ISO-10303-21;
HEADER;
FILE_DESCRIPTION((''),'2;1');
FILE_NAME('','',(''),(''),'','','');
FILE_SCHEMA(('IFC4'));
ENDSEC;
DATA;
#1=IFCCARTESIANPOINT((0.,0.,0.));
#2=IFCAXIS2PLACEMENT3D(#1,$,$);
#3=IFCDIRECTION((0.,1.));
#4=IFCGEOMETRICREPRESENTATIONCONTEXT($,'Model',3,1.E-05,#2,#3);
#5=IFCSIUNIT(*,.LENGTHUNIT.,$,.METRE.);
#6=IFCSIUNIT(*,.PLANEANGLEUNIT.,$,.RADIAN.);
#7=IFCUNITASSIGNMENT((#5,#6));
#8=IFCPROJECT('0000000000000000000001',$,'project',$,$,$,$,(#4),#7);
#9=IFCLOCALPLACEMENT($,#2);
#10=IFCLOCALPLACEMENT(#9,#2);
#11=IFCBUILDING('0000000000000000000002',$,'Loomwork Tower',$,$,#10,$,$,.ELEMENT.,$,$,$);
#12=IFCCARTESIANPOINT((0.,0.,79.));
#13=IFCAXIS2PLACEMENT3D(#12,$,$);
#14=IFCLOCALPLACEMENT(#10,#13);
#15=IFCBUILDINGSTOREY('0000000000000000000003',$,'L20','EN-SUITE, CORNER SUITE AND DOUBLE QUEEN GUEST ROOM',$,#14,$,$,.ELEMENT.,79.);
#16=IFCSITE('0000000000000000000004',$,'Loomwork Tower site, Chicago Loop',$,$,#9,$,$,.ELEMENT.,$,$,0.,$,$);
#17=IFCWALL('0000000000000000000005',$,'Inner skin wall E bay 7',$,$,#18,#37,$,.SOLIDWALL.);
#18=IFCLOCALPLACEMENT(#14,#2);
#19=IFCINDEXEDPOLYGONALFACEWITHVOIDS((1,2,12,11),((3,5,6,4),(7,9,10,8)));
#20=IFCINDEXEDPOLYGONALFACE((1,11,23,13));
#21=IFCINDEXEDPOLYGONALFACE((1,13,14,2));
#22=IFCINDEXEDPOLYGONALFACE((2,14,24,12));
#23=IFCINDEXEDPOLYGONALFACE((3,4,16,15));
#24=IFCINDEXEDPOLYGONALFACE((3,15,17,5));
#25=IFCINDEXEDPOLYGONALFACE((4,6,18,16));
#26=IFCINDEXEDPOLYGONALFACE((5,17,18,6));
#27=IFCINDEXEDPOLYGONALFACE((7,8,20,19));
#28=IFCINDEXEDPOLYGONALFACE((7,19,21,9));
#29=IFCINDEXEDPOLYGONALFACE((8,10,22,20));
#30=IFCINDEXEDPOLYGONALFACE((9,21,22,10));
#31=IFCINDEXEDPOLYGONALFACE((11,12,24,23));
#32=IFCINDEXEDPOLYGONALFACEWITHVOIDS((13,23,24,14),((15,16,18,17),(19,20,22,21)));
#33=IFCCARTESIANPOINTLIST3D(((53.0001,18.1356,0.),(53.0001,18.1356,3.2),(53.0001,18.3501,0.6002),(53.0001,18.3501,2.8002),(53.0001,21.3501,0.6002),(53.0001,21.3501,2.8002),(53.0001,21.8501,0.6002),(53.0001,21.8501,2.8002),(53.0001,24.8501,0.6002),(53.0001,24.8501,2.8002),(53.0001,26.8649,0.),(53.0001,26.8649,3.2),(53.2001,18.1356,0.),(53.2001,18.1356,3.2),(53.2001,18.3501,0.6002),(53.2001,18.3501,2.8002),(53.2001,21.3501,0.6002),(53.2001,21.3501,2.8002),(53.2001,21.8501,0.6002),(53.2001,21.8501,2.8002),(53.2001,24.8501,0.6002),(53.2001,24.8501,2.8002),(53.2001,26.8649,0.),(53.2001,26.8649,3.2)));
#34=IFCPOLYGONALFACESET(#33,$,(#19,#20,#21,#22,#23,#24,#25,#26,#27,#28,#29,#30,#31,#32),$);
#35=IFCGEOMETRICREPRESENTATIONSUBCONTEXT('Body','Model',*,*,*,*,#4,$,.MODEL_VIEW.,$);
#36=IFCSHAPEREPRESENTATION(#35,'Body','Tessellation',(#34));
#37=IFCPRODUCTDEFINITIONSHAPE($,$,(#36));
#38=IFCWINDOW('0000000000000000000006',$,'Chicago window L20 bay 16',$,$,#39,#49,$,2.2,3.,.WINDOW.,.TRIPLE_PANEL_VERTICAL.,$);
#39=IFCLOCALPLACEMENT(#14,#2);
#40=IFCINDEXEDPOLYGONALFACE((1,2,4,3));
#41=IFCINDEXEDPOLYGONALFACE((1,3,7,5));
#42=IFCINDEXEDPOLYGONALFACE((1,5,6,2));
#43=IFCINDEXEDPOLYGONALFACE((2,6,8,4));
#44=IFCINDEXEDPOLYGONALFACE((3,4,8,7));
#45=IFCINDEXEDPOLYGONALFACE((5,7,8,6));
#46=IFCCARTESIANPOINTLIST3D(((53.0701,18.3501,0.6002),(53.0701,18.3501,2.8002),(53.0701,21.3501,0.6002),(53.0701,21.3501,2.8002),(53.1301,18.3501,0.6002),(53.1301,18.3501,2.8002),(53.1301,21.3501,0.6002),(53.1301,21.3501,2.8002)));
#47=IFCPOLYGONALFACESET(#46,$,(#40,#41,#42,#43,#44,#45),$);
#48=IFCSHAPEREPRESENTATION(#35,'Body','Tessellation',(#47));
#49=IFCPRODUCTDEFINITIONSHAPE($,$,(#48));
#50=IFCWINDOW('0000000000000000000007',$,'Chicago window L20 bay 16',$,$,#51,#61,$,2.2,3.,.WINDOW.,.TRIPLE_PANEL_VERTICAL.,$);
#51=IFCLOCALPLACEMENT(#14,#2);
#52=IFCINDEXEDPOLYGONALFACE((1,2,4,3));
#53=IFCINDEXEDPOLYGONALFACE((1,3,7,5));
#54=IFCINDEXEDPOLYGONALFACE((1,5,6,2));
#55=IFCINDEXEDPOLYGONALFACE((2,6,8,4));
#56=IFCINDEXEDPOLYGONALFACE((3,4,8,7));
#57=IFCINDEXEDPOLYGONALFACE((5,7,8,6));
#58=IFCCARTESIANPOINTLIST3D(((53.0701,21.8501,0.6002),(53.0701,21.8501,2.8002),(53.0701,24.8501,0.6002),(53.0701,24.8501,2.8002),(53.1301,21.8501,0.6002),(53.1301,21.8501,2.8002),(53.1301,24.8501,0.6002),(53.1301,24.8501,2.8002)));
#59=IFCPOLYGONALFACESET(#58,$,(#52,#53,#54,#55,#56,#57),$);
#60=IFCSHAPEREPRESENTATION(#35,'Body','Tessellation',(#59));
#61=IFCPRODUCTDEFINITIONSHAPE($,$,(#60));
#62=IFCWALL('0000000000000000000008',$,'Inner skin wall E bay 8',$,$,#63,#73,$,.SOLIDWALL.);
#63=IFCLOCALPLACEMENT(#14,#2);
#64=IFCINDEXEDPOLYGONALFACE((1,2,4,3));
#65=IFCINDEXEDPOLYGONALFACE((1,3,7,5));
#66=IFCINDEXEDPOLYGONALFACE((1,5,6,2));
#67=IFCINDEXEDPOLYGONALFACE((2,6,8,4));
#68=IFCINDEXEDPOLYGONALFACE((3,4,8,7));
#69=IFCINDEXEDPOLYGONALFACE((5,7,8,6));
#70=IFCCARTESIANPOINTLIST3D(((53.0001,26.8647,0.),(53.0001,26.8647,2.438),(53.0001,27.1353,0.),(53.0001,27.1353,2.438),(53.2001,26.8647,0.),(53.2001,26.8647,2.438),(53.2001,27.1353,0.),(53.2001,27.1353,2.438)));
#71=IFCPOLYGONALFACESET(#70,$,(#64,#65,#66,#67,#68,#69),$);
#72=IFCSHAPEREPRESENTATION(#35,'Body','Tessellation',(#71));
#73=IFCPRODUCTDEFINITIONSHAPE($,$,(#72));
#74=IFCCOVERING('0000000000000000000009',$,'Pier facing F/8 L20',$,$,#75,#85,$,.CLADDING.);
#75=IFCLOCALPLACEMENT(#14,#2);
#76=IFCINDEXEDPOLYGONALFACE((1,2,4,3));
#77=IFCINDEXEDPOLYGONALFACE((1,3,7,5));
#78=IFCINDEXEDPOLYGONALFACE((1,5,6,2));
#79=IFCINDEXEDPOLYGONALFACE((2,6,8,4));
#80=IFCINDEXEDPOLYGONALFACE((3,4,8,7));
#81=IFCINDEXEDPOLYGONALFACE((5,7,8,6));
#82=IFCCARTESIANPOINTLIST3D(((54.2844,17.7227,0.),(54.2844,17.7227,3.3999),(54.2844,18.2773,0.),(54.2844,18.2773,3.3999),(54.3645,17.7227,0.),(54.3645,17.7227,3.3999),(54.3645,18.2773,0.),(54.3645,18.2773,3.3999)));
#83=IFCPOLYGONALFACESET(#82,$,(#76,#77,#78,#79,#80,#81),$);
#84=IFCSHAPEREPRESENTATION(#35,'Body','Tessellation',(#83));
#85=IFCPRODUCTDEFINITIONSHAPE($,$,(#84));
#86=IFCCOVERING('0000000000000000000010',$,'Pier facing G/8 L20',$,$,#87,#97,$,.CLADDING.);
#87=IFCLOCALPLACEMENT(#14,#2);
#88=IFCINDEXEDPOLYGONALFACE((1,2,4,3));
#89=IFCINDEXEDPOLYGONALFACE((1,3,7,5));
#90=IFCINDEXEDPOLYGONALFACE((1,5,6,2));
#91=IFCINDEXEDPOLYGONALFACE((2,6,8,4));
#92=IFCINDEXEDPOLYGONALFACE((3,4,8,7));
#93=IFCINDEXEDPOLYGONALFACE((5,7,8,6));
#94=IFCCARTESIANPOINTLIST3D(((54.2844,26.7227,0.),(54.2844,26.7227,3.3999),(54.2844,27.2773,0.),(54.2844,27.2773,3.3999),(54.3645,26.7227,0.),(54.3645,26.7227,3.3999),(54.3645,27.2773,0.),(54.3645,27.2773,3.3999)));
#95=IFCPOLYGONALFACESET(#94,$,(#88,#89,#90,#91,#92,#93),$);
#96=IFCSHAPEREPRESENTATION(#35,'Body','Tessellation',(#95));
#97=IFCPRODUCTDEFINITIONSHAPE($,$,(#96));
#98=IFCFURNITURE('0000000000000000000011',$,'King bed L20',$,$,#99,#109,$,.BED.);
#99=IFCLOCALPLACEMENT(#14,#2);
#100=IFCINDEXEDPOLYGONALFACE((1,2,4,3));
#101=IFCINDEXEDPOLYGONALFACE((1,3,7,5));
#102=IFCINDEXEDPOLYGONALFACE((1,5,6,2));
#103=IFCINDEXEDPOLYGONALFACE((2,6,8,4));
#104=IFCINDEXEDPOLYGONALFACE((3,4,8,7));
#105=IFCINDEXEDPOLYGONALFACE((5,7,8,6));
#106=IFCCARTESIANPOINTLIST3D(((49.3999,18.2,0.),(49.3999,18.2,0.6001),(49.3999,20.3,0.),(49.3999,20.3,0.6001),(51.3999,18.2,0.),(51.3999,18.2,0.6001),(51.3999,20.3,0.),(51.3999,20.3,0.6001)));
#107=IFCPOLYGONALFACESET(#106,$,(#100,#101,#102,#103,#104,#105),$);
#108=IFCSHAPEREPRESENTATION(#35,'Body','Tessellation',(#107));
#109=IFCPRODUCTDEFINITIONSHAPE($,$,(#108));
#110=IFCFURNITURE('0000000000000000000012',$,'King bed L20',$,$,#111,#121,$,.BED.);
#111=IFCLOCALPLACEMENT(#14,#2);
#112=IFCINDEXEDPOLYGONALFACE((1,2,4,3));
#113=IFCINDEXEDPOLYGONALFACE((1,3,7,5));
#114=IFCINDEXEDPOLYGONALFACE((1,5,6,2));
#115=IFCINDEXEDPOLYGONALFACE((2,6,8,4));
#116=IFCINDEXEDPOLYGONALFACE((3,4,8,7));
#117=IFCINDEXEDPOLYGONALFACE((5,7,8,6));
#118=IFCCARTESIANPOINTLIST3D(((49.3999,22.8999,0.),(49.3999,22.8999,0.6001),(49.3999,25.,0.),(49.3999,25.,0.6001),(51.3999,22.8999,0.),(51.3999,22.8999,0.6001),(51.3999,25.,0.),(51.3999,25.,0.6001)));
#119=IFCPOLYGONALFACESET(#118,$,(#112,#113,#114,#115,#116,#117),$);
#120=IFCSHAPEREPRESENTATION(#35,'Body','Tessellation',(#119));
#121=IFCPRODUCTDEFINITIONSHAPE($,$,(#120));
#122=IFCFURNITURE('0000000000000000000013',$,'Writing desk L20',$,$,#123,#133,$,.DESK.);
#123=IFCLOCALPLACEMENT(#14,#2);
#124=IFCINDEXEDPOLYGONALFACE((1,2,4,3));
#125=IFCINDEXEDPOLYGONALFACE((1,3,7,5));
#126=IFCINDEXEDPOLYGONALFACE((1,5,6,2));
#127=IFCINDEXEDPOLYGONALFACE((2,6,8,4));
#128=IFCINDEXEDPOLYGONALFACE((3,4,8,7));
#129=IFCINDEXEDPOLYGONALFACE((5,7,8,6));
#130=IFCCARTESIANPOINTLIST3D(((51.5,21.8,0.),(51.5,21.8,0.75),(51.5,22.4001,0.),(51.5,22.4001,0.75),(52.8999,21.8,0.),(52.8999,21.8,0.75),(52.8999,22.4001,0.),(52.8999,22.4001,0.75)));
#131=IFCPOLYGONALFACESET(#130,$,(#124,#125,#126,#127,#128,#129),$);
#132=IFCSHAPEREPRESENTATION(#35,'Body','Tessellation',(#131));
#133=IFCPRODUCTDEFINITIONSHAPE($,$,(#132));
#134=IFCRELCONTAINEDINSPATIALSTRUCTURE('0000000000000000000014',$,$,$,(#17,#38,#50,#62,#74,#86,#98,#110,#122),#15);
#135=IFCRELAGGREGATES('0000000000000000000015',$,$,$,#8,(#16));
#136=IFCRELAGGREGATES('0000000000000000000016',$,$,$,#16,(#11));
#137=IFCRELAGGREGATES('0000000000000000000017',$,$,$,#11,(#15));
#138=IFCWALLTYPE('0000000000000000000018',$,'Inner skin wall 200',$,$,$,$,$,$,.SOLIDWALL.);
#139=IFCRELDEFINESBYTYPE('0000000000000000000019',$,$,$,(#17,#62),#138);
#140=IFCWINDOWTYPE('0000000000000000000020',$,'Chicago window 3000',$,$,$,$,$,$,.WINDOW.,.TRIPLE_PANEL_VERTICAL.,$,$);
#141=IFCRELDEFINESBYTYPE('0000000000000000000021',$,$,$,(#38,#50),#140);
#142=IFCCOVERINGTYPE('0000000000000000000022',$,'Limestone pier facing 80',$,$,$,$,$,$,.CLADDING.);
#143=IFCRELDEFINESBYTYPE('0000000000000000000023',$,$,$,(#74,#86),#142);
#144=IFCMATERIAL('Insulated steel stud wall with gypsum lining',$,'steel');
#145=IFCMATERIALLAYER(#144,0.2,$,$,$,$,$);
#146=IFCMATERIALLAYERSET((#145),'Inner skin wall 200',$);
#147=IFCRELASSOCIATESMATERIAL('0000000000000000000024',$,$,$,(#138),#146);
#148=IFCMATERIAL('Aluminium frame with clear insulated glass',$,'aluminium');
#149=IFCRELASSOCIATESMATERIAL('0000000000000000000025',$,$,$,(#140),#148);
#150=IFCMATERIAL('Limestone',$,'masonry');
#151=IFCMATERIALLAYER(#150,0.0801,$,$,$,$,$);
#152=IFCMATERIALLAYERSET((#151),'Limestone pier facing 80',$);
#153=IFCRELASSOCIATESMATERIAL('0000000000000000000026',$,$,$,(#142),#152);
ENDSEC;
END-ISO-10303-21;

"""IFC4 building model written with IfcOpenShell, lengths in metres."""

from ifc_helpers import new_model, si_unit, direction, frame, frame_2d, origin, origin_2d, place, context, subcontext, project, spatial, rectangle, extrude, material, layer, layer_set, type_object, element, fill, save


model = new_model("IFC4")

# Units and contexts
model_context = context("Model", 3, precision=1e-05, world=origin(), true_north=direction((0.0, 1.0)))
body_context = subcontext(model_context, "Body", "Model", "MODEL_VIEW")
ifc_project = project(units=[si_unit("LENGTHUNIT", "METRE"), si_unit("PLANEANGLEUNIT", "RADIAN")], contexts=[model_context])

# Site, building, storey
site_placement = place(None, origin())
site = spatial("IfcSite", under=ifc_project, at=site_placement, Name="Loomwork Tower site, Chicago Loop", CompositionType="ELEMENT", RefElevation=0.0)
building_placement = place(site_placement, origin())
building = spatial("IfcBuilding", under=site, at=building_placement, Name="Loomwork Tower", CompositionType="ELEMENT")
storey_placement = place(building_placement, frame((0.0, 0.0, 79.0)))
storey = spatial("IfcBuildingStorey", under=building, at=storey_placement, Name="L20", Description="EN-SUITE, CORNER SUITE AND DOUBLE QUEEN GUEST ROOM", CompositionType="ELEMENT", Elevation=79.0)

# Wall, openings, windows
ifc_material_1 = material(Name="Insulated steel stud wall with gypsum lining", Category="steel")
ifc_layer_1 = layer(ifc_material_1, 0.2)
ifc_layer_set_1 = layer_set([ifc_layer_1], Name="Inner skin wall 200")
wall_type = type_object("IfcWallType", Name="Inner skin wall 200", PredefinedType="SOLIDWALL", material=ifc_layer_set_1)
wall_1_placement = place(storey_placement, frame((53.1001, 18.1355, 0.0), z_axis=(0.0, 0.0, 1.0), x_axis=(0.0, 1.0, 0.0)))
wall_1 = element("IfcWall", 1, at=wall_1_placement, inside=storey, type_object=wall_type, Name="Inner skin wall E bay 7", PredefinedType="SOLIDWALL", context=body_context, shape_type="SweptSolid", body=[
    extrude(rectangle(XDim=8.7292, YDim=0.2, at=frame_2d((4.3647, 0.0))), origin(), (0.0, 0.0, 1.0), 3.2),
])
opening_1_placement = place(wall_1_placement, frame((0.2146, 0.0, 0.6001)))
opening_1 = element("IfcOpeningElement", 2, at=opening_1_placement, cuts=wall_1, PredefinedType="OPENING", context=body_context, shape_type="SweptSolid", body=[
    extrude(rectangle(XDim=3.0, YDim=2.2, at=frame_2d((1.5, 1.1001))), frame((0.0, 0.1099, 0.0), z_axis=(0.0, -1.0, 0.0), x_axis=(1.0, 0.0, 0.0)), (0.0, 0.0, 1.0), 0.22),
])
opening_2_placement = place(wall_1_placement, frame((3.7146, 0.0, 0.6001)))
opening_2 = element("IfcOpeningElement", 3, at=opening_2_placement, cuts=wall_1, PredefinedType="OPENING", context=body_context, shape_type="SweptSolid", body=[
    extrude(rectangle(XDim=3.0, YDim=2.2, at=frame_2d((1.5, 1.1001))), frame((0.0, 0.1099, 0.0), z_axis=(0.0, -1.0, 0.0), x_axis=(1.0, 0.0, 0.0)), (0.0, 0.0, 1.0), 0.22),
])
ifc_material_2 = material(Name="Aluminium frame with clear insulated glass", Category="aluminium")
window_type = type_object("IfcWindowType", Name="Chicago window 3000", PartitioningType="TRIPLE_PANEL_VERTICAL", PredefinedType="WINDOW", material=ifc_material_2)
window_1_placement = place(opening_1_placement, origin())
window_1 = element("IfcWindow", 4, at=window_1_placement, inside=storey, type_object=window_type, Name="Chicago window L20 bay 16", OverallHeight=2.2, OverallWidth=3.0, PartitioningType="TRIPLE_PANEL_VERTICAL", PredefinedType="WINDOW", context=body_context, shape_type="SweptSolid", body=[
    extrude(rectangle(XDim=3.0, YDim=2.2, at=frame_2d((1.5, 1.1001))), frame((0.0, 0.03, 0.0), z_axis=(0.0, -1.0, 0.0), x_axis=(1.0, 0.0, 0.0)), (0.0, 0.0, 1.0), 0.0601),
])
fill(opening_1, window_1)
window_2_placement = place(opening_2_placement, origin())
window_2 = element("IfcWindow", 5, at=window_2_placement, inside=storey, type_object=window_type, Name="Chicago window L20 bay 16", OverallHeight=2.2, OverallWidth=3.0, PartitioningType="TRIPLE_PANEL_VERTICAL", PredefinedType="WINDOW", context=body_context, shape_type="SweptSolid", body=[
    extrude(rectangle(XDim=3.0, YDim=2.2, at=frame_2d((1.5, 1.1001))), frame((0.0, 0.03, 0.0), z_axis=(0.0, -1.0, 0.0), x_axis=(1.0, 0.0, 0.0)), (0.0, 0.0, 1.0), 0.0601),
])
fill(opening_2, window_2)

# Wall
wall_2_placement = place(storey_placement, frame((53.1001, 26.8647, 0.0), z_axis=(0.0, 0.0, 1.0), x_axis=(0.0, 1.0, 0.0)))
element("IfcWall", 6, at=wall_2_placement, inside=storey, type_object=wall_type, Name="Inner skin wall E bay 8", PredefinedType="SOLIDWALL", context=body_context, shape_type="SweptSolid", body=[
    extrude(rectangle(XDim=0.2705, YDim=0.2, at=frame_2d((0.1353, 0.0))), origin(), (0.0, 0.0, 1.0), 2.438),
])

# Coverings
ifc_material_3 = material(Name="Limestone", Category="masonry")
ifc_layer_2 = layer(ifc_material_3, 0.0801)
ifc_layer_set_2 = layer_set([ifc_layer_2], Name="Limestone pier facing 80")
covering_type = type_object("IfcCoveringType", Name="Limestone pier facing 80", PredefinedType="CLADDING", material=ifc_layer_set_2)
for number, where, z_axis, x_axis, name in (
    (7, (54.3245, 18.0, 0.0), (0.0, 0.0, 1.0), (1.0, 0.0, 0.0), "Pier facing F/8 L20"),
    (8, (54.3245, 27.0, 0.0), (0.0, 0.0, 1.0), (1.0, 0.0, 0.0), "Pier facing G/8 L20"),
):
    element("IfcCovering", number, at=place(storey_placement, frame(where, z_axis=z_axis, x_axis=x_axis)), inside=storey, type_object=covering_type, Name=name, PredefinedType="CLADDING", context=body_context, shape_type="SweptSolid", body=[
        extrude(rectangle(XDim=0.0801, YDim=0.5547, at=origin_2d()), origin(), (0.0, 0.0, 1.0), 3.3999),
    ])

# Furniture
for number, where, z_axis, x_axis, name in (
    (9, (50.3999, 19.25, 0.0), (0.0, 0.0, 1.0), (1.0, 0.0, 0.0), "King bed L20"),
    (10, (50.3999, 23.95, 0.0), (0.0, 0.0, 1.0), (1.0, 0.0, 0.0), "King bed L20"),
):
    element("IfcFurniture", number, at=place(storey_placement, frame(where, z_axis=z_axis, x_axis=x_axis)), inside=storey, Name=name, PredefinedType="BED", context=body_context, shape_type="SweptSolid", body=[
        extrude(rectangle(XDim=2.0, YDim=2.1001, at=origin_2d()), origin(), (0.0, 0.0, 1.0), 0.6001),
    ])
furniture_placement = place(storey_placement, frame((52.2, 22.1001, 0.0), z_axis=(0.0, 0.0, 1.0), x_axis=(1.0, 0.0, 0.0)))
element("IfcFurniture", 11, at=furniture_placement, inside=storey, Name="Writing desk L20", PredefinedType="DESK", context=body_context, shape_type="SweptSolid", body=[
    extrude(rectangle(XDim=1.3999, YDim=0.6001, at=origin_2d()), origin(), (0.0, 0.0, 1.0), 0.75),
])

save(model, "model.ifc")
